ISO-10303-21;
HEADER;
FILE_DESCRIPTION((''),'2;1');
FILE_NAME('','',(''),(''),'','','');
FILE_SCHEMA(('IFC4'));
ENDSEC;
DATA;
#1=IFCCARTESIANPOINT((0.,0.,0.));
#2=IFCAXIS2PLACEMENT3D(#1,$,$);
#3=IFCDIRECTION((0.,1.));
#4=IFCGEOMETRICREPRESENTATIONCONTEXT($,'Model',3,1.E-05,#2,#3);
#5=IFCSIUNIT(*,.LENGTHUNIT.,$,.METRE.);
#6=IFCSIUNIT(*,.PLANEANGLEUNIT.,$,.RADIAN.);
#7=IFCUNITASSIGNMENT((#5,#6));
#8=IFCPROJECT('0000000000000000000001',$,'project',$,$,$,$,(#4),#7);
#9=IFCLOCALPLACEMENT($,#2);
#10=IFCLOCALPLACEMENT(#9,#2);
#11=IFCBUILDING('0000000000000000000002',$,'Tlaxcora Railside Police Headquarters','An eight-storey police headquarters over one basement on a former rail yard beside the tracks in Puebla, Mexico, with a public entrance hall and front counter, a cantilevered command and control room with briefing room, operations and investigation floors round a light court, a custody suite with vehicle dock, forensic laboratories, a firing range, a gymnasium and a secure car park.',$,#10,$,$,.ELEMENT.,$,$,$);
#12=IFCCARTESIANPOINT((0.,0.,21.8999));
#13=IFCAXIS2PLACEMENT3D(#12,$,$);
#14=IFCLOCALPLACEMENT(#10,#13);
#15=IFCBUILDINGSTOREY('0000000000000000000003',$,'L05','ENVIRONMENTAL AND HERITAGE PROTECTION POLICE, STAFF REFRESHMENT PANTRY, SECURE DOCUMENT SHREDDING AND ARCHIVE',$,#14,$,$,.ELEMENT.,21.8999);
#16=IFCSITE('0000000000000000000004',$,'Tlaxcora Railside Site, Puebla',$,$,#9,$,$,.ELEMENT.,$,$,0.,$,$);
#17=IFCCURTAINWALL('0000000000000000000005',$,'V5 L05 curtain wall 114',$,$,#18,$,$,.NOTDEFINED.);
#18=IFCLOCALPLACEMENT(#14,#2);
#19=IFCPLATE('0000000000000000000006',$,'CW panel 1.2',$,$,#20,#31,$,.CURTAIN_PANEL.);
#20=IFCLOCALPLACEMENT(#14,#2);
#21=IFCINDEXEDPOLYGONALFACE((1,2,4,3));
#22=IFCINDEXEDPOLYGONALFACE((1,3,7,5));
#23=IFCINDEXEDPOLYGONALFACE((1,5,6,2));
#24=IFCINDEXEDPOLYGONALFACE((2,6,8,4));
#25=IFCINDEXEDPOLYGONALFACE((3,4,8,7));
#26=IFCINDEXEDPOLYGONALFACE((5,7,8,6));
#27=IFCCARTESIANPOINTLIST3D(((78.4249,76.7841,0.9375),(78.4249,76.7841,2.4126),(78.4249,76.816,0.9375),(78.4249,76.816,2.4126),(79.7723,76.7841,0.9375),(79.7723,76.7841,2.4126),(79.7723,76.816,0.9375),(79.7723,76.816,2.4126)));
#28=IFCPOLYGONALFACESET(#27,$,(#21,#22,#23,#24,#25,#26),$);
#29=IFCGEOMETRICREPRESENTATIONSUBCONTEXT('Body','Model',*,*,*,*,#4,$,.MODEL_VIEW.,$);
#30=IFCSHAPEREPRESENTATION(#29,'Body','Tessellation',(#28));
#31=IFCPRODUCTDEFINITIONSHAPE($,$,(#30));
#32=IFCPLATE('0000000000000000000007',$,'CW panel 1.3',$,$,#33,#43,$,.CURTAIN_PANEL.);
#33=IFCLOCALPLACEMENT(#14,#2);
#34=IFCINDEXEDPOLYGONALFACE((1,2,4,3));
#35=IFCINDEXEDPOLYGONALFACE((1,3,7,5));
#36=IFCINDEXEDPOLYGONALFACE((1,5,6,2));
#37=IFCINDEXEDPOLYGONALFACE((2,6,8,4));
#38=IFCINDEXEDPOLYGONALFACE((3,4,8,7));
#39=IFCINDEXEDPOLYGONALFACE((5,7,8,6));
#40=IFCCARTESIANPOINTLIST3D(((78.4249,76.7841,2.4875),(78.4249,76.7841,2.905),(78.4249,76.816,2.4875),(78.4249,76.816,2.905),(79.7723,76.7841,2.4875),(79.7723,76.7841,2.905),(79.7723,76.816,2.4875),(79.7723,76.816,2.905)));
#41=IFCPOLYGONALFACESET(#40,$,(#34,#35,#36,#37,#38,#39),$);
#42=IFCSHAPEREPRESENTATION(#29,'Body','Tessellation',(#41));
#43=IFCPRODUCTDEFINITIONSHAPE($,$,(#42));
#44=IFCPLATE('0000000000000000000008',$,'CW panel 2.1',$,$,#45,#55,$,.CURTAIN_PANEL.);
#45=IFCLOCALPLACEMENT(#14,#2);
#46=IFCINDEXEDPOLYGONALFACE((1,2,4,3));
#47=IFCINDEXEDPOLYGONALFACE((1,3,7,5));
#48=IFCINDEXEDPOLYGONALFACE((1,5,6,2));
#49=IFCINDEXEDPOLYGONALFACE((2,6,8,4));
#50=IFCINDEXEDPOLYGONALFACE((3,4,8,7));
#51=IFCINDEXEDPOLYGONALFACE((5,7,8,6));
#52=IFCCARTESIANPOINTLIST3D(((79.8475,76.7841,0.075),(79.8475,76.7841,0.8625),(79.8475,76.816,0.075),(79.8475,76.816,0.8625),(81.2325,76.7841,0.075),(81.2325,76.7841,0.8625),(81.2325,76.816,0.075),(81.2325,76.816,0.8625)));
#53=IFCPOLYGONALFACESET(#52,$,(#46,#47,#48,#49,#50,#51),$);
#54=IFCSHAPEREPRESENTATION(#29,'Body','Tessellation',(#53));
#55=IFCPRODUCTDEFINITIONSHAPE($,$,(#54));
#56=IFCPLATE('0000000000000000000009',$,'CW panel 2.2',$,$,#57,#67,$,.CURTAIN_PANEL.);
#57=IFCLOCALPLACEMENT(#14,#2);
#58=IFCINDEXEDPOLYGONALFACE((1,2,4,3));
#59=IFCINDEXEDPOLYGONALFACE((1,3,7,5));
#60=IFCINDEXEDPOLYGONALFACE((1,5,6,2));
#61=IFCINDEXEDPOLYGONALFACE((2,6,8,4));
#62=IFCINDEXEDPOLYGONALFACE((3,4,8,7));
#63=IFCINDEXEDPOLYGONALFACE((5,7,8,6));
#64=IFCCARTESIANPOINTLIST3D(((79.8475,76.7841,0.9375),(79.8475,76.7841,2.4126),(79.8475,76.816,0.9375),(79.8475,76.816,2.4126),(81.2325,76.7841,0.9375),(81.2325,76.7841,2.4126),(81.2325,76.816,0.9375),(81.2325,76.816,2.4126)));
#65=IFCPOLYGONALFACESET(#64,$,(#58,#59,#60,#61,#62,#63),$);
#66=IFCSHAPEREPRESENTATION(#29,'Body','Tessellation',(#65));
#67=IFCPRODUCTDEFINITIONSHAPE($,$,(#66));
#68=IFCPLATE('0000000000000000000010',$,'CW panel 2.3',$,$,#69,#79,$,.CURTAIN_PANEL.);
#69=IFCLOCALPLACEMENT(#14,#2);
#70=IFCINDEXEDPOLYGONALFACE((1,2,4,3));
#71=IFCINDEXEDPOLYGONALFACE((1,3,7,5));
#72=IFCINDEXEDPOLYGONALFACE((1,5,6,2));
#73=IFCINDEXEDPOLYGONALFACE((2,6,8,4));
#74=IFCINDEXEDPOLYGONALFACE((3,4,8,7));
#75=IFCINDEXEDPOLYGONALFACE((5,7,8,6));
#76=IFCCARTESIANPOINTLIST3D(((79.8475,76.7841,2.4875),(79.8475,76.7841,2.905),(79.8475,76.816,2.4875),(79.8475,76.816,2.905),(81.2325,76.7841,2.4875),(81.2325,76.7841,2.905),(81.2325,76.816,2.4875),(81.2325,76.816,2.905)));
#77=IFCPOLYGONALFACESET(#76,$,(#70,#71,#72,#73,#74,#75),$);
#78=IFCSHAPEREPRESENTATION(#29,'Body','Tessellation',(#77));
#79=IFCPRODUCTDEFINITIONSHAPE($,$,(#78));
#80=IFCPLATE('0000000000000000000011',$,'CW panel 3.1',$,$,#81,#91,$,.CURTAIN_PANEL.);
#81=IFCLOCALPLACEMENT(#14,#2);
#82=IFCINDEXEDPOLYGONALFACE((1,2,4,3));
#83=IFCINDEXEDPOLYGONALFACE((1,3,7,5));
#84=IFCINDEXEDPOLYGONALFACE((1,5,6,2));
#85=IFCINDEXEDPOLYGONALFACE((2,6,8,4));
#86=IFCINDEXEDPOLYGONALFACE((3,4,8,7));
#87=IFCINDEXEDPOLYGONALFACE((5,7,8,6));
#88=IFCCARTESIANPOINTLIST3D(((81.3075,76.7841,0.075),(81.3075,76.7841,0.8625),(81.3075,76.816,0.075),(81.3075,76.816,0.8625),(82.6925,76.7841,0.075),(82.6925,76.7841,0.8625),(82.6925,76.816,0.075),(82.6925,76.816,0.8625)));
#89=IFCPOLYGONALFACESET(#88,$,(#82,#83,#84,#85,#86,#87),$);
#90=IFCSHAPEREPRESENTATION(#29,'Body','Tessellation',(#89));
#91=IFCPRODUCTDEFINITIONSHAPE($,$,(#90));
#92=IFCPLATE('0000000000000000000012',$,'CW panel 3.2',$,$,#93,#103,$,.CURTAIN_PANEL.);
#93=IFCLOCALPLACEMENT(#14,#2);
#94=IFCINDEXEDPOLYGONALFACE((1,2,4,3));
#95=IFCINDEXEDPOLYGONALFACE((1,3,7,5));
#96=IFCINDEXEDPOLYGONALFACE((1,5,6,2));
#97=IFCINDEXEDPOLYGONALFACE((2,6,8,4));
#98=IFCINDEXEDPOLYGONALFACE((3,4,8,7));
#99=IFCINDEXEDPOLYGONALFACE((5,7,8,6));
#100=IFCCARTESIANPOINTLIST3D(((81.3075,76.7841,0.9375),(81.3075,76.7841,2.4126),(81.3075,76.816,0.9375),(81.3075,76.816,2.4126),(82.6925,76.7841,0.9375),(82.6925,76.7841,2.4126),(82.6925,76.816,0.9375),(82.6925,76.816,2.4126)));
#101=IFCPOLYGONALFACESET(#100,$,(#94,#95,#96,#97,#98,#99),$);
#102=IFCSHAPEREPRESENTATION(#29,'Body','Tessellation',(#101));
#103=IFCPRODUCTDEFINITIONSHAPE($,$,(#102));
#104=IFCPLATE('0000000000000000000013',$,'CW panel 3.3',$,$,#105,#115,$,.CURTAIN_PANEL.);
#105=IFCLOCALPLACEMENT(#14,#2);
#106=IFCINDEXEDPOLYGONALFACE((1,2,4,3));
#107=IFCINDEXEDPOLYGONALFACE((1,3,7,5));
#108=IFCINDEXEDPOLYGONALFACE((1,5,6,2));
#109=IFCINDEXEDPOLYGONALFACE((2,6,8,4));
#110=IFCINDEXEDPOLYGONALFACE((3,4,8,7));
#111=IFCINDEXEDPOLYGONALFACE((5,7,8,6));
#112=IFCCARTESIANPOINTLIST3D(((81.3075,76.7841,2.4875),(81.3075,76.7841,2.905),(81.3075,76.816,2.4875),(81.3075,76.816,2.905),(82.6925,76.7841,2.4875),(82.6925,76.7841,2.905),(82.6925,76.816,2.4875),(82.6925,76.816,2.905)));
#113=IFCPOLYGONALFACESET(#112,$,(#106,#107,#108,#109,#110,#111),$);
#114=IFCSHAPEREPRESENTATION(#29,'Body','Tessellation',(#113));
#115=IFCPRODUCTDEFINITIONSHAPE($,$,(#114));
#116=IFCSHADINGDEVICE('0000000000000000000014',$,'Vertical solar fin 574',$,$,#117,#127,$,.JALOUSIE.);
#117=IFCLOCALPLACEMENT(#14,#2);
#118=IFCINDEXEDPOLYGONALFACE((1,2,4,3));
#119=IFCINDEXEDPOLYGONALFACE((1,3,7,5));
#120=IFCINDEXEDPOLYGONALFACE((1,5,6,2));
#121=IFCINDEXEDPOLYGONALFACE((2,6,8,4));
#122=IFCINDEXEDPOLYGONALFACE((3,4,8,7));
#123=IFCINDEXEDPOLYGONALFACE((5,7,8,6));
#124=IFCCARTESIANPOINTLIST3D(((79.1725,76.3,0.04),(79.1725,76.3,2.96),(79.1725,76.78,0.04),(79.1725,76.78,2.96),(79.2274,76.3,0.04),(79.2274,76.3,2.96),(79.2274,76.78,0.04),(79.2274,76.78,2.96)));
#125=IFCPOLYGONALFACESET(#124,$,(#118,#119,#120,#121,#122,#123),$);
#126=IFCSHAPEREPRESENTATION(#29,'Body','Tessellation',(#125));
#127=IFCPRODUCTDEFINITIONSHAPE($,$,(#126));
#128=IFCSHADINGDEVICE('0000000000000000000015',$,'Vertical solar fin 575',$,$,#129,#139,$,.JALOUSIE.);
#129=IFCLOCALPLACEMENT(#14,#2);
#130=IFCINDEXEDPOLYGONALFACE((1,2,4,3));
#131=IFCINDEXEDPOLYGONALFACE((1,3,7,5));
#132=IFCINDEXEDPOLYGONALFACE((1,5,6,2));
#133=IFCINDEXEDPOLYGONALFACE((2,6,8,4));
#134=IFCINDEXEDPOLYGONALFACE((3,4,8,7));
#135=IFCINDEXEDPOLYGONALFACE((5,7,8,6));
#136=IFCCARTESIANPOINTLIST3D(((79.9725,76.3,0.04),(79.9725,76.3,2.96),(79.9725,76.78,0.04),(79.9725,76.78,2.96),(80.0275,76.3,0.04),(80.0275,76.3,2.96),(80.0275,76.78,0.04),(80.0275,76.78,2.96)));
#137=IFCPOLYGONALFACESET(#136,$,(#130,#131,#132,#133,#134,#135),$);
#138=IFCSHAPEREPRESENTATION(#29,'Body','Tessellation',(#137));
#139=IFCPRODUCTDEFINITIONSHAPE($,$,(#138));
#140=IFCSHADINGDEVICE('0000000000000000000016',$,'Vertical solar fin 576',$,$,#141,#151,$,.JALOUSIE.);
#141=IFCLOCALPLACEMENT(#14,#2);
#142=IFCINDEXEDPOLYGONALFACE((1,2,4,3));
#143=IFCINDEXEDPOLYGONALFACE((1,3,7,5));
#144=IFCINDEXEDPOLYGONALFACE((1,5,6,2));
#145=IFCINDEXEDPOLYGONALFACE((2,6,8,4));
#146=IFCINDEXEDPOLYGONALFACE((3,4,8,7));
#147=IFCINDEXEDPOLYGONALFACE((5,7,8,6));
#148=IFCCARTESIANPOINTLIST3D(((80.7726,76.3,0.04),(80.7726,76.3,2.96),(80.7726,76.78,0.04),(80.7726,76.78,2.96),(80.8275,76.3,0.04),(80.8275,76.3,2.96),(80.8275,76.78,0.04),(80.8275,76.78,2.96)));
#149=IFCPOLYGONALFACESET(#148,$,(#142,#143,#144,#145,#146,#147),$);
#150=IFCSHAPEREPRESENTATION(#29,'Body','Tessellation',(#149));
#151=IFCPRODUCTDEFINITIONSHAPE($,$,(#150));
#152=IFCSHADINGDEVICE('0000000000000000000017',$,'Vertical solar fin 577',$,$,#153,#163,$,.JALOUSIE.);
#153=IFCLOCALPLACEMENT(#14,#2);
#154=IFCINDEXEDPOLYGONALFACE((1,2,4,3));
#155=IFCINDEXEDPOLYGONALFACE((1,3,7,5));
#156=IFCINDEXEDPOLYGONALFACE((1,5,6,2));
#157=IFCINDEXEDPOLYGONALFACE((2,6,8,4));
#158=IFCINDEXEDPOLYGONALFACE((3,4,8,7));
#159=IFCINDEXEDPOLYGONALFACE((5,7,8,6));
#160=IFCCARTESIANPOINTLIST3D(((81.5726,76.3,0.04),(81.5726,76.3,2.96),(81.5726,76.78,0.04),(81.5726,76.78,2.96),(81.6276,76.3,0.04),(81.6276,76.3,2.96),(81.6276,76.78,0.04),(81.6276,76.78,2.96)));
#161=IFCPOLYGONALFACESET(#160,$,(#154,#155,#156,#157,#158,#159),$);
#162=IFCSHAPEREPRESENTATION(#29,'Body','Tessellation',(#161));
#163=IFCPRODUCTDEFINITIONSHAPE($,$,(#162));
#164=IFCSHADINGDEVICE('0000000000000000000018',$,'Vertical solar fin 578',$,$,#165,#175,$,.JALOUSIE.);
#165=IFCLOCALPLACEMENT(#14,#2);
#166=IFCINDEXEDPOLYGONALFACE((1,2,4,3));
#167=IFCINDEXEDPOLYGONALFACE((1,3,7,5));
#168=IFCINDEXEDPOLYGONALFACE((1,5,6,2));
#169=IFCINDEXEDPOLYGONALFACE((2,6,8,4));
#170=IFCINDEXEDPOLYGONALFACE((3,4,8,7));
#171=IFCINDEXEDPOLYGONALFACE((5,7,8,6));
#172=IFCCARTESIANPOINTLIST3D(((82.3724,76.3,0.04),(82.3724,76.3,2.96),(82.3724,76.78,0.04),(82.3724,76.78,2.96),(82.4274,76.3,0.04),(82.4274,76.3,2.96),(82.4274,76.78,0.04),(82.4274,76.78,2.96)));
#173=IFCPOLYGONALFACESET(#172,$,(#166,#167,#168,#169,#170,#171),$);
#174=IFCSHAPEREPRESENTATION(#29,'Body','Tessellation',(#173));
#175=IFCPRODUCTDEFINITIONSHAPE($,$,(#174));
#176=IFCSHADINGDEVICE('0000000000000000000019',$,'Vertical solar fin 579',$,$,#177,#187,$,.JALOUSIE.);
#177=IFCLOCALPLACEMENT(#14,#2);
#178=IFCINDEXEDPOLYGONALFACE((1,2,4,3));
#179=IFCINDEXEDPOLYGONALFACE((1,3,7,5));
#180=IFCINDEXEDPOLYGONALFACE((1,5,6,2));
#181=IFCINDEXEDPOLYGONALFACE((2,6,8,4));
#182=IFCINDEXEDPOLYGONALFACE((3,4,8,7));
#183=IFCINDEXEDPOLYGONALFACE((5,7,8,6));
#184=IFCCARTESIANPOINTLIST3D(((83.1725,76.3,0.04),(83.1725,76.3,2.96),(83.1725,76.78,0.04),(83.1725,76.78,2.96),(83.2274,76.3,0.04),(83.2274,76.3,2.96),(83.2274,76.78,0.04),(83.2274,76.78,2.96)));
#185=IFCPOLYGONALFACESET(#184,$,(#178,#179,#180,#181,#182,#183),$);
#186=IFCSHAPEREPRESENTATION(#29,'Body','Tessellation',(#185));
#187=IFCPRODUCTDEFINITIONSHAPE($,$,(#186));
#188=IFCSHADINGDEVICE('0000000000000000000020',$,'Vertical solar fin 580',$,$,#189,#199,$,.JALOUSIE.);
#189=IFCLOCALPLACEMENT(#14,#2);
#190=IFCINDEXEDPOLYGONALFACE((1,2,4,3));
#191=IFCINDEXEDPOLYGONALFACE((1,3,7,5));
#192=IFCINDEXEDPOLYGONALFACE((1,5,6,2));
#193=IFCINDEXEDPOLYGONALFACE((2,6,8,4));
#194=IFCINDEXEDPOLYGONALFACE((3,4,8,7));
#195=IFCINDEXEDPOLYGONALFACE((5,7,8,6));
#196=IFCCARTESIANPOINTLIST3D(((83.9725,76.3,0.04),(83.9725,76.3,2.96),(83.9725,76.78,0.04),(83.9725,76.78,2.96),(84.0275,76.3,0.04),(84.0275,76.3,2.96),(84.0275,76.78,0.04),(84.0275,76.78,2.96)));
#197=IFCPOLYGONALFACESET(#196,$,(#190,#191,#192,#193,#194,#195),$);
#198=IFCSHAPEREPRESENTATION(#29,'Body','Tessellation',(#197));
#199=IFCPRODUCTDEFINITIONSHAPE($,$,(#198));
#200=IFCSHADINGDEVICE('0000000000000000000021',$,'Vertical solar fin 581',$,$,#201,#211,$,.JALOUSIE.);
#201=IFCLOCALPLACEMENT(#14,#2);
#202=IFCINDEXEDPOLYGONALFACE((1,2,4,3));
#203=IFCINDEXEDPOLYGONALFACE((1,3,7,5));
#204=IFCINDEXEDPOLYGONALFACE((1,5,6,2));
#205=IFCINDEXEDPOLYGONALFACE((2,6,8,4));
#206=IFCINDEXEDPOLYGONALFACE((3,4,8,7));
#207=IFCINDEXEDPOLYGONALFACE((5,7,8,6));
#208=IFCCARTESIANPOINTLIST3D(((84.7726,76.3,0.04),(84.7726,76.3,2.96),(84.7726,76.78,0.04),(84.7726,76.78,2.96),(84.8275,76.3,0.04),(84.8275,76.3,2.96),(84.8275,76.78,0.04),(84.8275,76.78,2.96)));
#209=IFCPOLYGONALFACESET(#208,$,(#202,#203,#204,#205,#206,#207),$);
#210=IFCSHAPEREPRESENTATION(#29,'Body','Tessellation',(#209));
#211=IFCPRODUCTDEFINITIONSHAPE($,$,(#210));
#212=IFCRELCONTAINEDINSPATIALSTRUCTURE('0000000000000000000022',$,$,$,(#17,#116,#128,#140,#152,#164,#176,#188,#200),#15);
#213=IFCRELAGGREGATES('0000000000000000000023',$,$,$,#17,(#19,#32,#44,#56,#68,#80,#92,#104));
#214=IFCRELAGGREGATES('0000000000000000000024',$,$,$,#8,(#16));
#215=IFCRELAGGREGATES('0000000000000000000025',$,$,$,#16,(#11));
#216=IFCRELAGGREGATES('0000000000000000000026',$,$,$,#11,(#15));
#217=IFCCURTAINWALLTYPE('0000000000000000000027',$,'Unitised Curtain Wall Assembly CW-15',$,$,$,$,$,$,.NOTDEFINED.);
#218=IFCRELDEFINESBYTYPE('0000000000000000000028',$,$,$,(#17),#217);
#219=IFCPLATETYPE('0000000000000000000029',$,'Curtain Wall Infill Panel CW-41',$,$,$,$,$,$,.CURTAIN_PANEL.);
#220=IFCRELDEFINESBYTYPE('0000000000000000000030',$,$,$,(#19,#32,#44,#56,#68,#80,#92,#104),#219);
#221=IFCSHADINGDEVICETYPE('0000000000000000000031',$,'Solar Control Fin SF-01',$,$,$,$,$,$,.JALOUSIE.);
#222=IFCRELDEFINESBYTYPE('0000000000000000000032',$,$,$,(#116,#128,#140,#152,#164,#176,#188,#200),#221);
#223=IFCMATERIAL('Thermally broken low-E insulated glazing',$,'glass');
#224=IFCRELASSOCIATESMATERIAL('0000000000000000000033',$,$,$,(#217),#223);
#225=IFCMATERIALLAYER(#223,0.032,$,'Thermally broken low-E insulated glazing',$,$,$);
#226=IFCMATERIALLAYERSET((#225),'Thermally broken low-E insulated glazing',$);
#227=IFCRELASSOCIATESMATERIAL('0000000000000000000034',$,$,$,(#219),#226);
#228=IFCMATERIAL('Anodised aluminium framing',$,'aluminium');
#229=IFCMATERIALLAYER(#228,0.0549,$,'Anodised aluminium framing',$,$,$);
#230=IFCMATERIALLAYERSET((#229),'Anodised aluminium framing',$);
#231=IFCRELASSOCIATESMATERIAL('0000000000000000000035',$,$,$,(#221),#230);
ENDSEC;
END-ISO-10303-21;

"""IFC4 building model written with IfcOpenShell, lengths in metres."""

from ifc_helpers import new_model, si_unit, direction, frame, origin, origin_2d, place, context, subcontext, project, spatial, rectangle, extrude, material, layer, layer_set, type_object, element, aggregate, save


model = new_model("IFC4")

# Units and contexts
model_context = context("Model", 3, precision=1e-05, world=origin(), true_north=direction((0.0, 1.0)))
body_context = subcontext(model_context, "Body", "Model", "MODEL_VIEW")
ifc_project = project(units=[si_unit("LENGTHUNIT", "METRE"), si_unit("PLANEANGLEUNIT", "RADIAN")], contexts=[model_context])

# Site, building, storey
site_placement = place(None, origin())
site = spatial("IfcSite", under=ifc_project, at=site_placement, Name="Tlaxcora Railside Site, Puebla", CompositionType="ELEMENT", RefElevation=0.0)
building_placement = place(site_placement, origin())
building = spatial("IfcBuilding", under=site, at=building_placement, Name="Tlaxcora Railside Police Headquarters", Description="An eight-storey police headquarters over one basement on a former rail yard beside the tracks in Puebla, Mexico, with a public entrance hall and front counter, a cantilevered command and control room with briefing room, operations and investigation floors round a light court, a custody suite with vehicle dock, forensic laboratories, a firing range, a gymnasium and a secure car park.", CompositionType="ELEMENT")
storey_placement = place(building_placement, frame((0.0, 0.0, 21.8999)))
storey = spatial("IfcBuildingStorey", under=building, at=storey_placement, Name="L05", Description="ENVIRONMENTAL AND HERITAGE PROTECTION POLICE, STAFF REFRESHMENT PANTRY, SECURE DOCUMENT SHREDDING AND ARCHIVE", CompositionType="ELEMENT", Elevation=21.8999)

# Curtain wall, plates
ifc_material_1 = material(Name="Thermally broken low-E insulated glazing", Category="glass")
curtain_wall_type = type_object("IfcCurtainWallType", Name="Unitised Curtain Wall Assembly CW-15", PredefinedType="NOTDEFINED", material=ifc_material_1)
curtain_wall_placement = place(storey_placement, origin())
curtain_wall = element("IfcCurtainWall", 1, at=curtain_wall_placement, inside=storey, type_object=curtain_wall_type, Name="V5 L05 curtain wall 114", PredefinedType="NOTDEFINED")
ifc_material_2 = material(Name="Anodised aluminium framing", Category="aluminium")
ifc_layer_1 = layer(ifc_material_1, 0.032, Name="Thermally broken low-E insulated glazing")
ifc_layer_set_1 = layer_set([ifc_layer_1], Name="Thermally broken low-E insulated glazing")
plate_type = type_object("IfcPlateType", Name="Curtain Wall Infill Panel CW-41", PredefinedType="CURTAIN_PANEL", material=ifc_layer_set_1)
plate_1_placement = place(storey_placement, frame((79.0986, 76.8, 0.9375), z_axis=(0.0, 0.0, 1.0), x_axis=(1.0, 0.0, 0.0)))
plate_1 = element("IfcPlate", 2, at=plate_1_placement, type_object=plate_type, Name="CW panel 1.2", PredefinedType="CURTAIN_PANEL", context=body_context, shape_type="SweptSolid", body=[
    extrude(rectangle(XDim=1.3474, YDim=0.032, at=origin_2d()), origin(), (0.0, 0.0, 1.0), 1.4751),
])
plate_2_placement = place(storey_placement, frame((79.0986, 76.8, 2.4875), z_axis=(0.0, 0.0, 1.0), x_axis=(1.0, 0.0, 0.0)))
plate_2 = element("IfcPlate", 3, at=plate_2_placement, type_object=plate_type, Name="CW panel 1.3", PredefinedType="CURTAIN_PANEL", context=body_context, shape_type="SweptSolid", body=[
    extrude(rectangle(XDim=1.3474, YDim=0.032, at=origin_2d()), origin(), (0.0, 0.0, 1.0), 0.4175),
])
plate_3_placement = place(storey_placement, frame((80.54, 76.8, 0.075), z_axis=(0.0, 0.0, 1.0), x_axis=(1.0, 0.0, 0.0)))
plate_3 = element("IfcPlate", 4, at=plate_3_placement, type_object=plate_type, Name="CW panel 2.1", PredefinedType="CURTAIN_PANEL", context=body_context, shape_type="SweptSolid", body=[
    extrude(rectangle(XDim=1.385, YDim=0.032, at=origin_2d()), origin(), (0.0, 0.0, 1.0), 0.7876),
])
plate_4_placement = place(storey_placement, frame((80.54, 76.8, 0.9375), z_axis=(0.0, 0.0, 1.0), x_axis=(1.0, 0.0, 0.0)))
plate_4 = element("IfcPlate", 5, at=plate_4_placement, type_object=plate_type, Name="CW panel 2.2", PredefinedType="CURTAIN_PANEL", context=body_context, shape_type="SweptSolid", body=[
    extrude(rectangle(XDim=1.385, YDim=0.032, at=origin_2d()), origin(), (0.0, 0.0, 1.0), 1.4751),
])
plate_5_placement = place(storey_placement, frame((80.54, 76.8, 2.4875), z_axis=(0.0, 0.0, 1.0), x_axis=(1.0, 0.0, 0.0)))
plate_5 = element("IfcPlate", 6, at=plate_5_placement, type_object=plate_type, Name="CW panel 2.3", PredefinedType="CURTAIN_PANEL", context=body_context, shape_type="SweptSolid", body=[
    extrude(rectangle(XDim=1.385, YDim=0.032, at=origin_2d()), origin(), (0.0, 0.0, 1.0), 0.4175),
])
plate_6_placement = place(storey_placement, frame((82.0, 76.8, 0.075), z_axis=(0.0, 0.0, 1.0), x_axis=(1.0, 0.0, 0.0)))
plate_6 = element("IfcPlate", 7, at=plate_6_placement, type_object=plate_type, Name="CW panel 3.1", PredefinedType="CURTAIN_PANEL", context=body_context, shape_type="SweptSolid", body=[
    extrude(rectangle(XDim=1.385, YDim=0.032, at=origin_2d()), origin(), (0.0, 0.0, 1.0), 0.7876),
])
plate_7_placement = place(storey_placement, frame((82.0, 76.8, 0.9375), z_axis=(0.0, 0.0, 1.0), x_axis=(1.0, 0.0, 0.0)))
plate_7 = element("IfcPlate", 8, at=plate_7_placement, type_object=plate_type, Name="CW panel 3.2", PredefinedType="CURTAIN_PANEL", context=body_context, shape_type="SweptSolid", body=[
    extrude(rectangle(XDim=1.385, YDim=0.032, at=origin_2d()), origin(), (0.0, 0.0, 1.0), 1.4751),
])
plate_8_placement = place(storey_placement, frame((82.0, 76.8, 2.4875), z_axis=(0.0, 0.0, 1.0), x_axis=(1.0, 0.0, 0.0)))
plate_8 = element("IfcPlate", 9, at=plate_8_placement, type_object=plate_type, Name="CW panel 3.3", PredefinedType="CURTAIN_PANEL", context=body_context, shape_type="SweptSolid", body=[
    extrude(rectangle(XDim=1.385, YDim=0.032, at=origin_2d()), origin(), (0.0, 0.0, 1.0), 0.4175),
])
aggregate(curtain_wall, [plate_1, plate_2, plate_3, plate_4, plate_5, plate_6, plate_7, plate_8])

# Shading devices
ifc_layer_2 = layer(ifc_material_2, 0.0549, Name="Anodised aluminium framing")
ifc_layer_set_2 = layer_set([ifc_layer_2], Name="Anodised aluminium framing")
shading_device_type = type_object("IfcShadingDeviceType", Name="Solar Control Fin SF-01", PredefinedType="JALOUSIE", material=ifc_layer_set_2)
for number, where, z_axis, x_axis, name in (
    (10, (79.2, 76.54, 0.04), (0.0, 0.0, 1.0), (0.0, -1.0, 0.0), "Vertical solar fin 574"),
    (11, (80.0, 76.54, 0.04), (0.0, 0.0, 1.0), (0.0, -1.0, 0.0), "Vertical solar fin 575"),
    (12, (80.8, 76.54, 0.04), (0.0, 0.0, 1.0), (0.0, -1.0, 0.0), "Vertical solar fin 576"),
    (13, (81.6001, 76.54, 0.04), (0.0, 0.0, 1.0), (0.0, -1.0, 0.0), "Vertical solar fin 577"),
    (14, (82.3999, 76.54, 0.04), (0.0, 0.0, 1.0), (0.0, -1.0, 0.0), "Vertical solar fin 578"),
    (15, (83.2, 76.54, 0.04), (0.0, 0.0, 1.0), (0.0, -1.0, 0.0), "Vertical solar fin 579"),
    (16, (84.0, 76.54, 0.04), (0.0, 0.0, 1.0), (0.0, -1.0, 0.0), "Vertical solar fin 580"),
    (17, (84.8, 76.54, 0.04), (0.0, 0.0, 1.0), (0.0, -1.0, 0.0), "Vertical solar fin 581"),
):
    element("IfcShadingDevice", number, at=place(storey_placement, frame(where, z_axis=z_axis, x_axis=x_axis)), inside=storey, type_object=shading_device_type, Name=name, PredefinedType="JALOUSIE", context=body_context, shape_type="SweptSolid", body=[
        extrude(rectangle(XDim=0.48, YDim=0.0549, at=origin_2d()), origin(), (0.0, 0.0, 1.0), 2.9199),
    ])

save(model, "model.ifc")
